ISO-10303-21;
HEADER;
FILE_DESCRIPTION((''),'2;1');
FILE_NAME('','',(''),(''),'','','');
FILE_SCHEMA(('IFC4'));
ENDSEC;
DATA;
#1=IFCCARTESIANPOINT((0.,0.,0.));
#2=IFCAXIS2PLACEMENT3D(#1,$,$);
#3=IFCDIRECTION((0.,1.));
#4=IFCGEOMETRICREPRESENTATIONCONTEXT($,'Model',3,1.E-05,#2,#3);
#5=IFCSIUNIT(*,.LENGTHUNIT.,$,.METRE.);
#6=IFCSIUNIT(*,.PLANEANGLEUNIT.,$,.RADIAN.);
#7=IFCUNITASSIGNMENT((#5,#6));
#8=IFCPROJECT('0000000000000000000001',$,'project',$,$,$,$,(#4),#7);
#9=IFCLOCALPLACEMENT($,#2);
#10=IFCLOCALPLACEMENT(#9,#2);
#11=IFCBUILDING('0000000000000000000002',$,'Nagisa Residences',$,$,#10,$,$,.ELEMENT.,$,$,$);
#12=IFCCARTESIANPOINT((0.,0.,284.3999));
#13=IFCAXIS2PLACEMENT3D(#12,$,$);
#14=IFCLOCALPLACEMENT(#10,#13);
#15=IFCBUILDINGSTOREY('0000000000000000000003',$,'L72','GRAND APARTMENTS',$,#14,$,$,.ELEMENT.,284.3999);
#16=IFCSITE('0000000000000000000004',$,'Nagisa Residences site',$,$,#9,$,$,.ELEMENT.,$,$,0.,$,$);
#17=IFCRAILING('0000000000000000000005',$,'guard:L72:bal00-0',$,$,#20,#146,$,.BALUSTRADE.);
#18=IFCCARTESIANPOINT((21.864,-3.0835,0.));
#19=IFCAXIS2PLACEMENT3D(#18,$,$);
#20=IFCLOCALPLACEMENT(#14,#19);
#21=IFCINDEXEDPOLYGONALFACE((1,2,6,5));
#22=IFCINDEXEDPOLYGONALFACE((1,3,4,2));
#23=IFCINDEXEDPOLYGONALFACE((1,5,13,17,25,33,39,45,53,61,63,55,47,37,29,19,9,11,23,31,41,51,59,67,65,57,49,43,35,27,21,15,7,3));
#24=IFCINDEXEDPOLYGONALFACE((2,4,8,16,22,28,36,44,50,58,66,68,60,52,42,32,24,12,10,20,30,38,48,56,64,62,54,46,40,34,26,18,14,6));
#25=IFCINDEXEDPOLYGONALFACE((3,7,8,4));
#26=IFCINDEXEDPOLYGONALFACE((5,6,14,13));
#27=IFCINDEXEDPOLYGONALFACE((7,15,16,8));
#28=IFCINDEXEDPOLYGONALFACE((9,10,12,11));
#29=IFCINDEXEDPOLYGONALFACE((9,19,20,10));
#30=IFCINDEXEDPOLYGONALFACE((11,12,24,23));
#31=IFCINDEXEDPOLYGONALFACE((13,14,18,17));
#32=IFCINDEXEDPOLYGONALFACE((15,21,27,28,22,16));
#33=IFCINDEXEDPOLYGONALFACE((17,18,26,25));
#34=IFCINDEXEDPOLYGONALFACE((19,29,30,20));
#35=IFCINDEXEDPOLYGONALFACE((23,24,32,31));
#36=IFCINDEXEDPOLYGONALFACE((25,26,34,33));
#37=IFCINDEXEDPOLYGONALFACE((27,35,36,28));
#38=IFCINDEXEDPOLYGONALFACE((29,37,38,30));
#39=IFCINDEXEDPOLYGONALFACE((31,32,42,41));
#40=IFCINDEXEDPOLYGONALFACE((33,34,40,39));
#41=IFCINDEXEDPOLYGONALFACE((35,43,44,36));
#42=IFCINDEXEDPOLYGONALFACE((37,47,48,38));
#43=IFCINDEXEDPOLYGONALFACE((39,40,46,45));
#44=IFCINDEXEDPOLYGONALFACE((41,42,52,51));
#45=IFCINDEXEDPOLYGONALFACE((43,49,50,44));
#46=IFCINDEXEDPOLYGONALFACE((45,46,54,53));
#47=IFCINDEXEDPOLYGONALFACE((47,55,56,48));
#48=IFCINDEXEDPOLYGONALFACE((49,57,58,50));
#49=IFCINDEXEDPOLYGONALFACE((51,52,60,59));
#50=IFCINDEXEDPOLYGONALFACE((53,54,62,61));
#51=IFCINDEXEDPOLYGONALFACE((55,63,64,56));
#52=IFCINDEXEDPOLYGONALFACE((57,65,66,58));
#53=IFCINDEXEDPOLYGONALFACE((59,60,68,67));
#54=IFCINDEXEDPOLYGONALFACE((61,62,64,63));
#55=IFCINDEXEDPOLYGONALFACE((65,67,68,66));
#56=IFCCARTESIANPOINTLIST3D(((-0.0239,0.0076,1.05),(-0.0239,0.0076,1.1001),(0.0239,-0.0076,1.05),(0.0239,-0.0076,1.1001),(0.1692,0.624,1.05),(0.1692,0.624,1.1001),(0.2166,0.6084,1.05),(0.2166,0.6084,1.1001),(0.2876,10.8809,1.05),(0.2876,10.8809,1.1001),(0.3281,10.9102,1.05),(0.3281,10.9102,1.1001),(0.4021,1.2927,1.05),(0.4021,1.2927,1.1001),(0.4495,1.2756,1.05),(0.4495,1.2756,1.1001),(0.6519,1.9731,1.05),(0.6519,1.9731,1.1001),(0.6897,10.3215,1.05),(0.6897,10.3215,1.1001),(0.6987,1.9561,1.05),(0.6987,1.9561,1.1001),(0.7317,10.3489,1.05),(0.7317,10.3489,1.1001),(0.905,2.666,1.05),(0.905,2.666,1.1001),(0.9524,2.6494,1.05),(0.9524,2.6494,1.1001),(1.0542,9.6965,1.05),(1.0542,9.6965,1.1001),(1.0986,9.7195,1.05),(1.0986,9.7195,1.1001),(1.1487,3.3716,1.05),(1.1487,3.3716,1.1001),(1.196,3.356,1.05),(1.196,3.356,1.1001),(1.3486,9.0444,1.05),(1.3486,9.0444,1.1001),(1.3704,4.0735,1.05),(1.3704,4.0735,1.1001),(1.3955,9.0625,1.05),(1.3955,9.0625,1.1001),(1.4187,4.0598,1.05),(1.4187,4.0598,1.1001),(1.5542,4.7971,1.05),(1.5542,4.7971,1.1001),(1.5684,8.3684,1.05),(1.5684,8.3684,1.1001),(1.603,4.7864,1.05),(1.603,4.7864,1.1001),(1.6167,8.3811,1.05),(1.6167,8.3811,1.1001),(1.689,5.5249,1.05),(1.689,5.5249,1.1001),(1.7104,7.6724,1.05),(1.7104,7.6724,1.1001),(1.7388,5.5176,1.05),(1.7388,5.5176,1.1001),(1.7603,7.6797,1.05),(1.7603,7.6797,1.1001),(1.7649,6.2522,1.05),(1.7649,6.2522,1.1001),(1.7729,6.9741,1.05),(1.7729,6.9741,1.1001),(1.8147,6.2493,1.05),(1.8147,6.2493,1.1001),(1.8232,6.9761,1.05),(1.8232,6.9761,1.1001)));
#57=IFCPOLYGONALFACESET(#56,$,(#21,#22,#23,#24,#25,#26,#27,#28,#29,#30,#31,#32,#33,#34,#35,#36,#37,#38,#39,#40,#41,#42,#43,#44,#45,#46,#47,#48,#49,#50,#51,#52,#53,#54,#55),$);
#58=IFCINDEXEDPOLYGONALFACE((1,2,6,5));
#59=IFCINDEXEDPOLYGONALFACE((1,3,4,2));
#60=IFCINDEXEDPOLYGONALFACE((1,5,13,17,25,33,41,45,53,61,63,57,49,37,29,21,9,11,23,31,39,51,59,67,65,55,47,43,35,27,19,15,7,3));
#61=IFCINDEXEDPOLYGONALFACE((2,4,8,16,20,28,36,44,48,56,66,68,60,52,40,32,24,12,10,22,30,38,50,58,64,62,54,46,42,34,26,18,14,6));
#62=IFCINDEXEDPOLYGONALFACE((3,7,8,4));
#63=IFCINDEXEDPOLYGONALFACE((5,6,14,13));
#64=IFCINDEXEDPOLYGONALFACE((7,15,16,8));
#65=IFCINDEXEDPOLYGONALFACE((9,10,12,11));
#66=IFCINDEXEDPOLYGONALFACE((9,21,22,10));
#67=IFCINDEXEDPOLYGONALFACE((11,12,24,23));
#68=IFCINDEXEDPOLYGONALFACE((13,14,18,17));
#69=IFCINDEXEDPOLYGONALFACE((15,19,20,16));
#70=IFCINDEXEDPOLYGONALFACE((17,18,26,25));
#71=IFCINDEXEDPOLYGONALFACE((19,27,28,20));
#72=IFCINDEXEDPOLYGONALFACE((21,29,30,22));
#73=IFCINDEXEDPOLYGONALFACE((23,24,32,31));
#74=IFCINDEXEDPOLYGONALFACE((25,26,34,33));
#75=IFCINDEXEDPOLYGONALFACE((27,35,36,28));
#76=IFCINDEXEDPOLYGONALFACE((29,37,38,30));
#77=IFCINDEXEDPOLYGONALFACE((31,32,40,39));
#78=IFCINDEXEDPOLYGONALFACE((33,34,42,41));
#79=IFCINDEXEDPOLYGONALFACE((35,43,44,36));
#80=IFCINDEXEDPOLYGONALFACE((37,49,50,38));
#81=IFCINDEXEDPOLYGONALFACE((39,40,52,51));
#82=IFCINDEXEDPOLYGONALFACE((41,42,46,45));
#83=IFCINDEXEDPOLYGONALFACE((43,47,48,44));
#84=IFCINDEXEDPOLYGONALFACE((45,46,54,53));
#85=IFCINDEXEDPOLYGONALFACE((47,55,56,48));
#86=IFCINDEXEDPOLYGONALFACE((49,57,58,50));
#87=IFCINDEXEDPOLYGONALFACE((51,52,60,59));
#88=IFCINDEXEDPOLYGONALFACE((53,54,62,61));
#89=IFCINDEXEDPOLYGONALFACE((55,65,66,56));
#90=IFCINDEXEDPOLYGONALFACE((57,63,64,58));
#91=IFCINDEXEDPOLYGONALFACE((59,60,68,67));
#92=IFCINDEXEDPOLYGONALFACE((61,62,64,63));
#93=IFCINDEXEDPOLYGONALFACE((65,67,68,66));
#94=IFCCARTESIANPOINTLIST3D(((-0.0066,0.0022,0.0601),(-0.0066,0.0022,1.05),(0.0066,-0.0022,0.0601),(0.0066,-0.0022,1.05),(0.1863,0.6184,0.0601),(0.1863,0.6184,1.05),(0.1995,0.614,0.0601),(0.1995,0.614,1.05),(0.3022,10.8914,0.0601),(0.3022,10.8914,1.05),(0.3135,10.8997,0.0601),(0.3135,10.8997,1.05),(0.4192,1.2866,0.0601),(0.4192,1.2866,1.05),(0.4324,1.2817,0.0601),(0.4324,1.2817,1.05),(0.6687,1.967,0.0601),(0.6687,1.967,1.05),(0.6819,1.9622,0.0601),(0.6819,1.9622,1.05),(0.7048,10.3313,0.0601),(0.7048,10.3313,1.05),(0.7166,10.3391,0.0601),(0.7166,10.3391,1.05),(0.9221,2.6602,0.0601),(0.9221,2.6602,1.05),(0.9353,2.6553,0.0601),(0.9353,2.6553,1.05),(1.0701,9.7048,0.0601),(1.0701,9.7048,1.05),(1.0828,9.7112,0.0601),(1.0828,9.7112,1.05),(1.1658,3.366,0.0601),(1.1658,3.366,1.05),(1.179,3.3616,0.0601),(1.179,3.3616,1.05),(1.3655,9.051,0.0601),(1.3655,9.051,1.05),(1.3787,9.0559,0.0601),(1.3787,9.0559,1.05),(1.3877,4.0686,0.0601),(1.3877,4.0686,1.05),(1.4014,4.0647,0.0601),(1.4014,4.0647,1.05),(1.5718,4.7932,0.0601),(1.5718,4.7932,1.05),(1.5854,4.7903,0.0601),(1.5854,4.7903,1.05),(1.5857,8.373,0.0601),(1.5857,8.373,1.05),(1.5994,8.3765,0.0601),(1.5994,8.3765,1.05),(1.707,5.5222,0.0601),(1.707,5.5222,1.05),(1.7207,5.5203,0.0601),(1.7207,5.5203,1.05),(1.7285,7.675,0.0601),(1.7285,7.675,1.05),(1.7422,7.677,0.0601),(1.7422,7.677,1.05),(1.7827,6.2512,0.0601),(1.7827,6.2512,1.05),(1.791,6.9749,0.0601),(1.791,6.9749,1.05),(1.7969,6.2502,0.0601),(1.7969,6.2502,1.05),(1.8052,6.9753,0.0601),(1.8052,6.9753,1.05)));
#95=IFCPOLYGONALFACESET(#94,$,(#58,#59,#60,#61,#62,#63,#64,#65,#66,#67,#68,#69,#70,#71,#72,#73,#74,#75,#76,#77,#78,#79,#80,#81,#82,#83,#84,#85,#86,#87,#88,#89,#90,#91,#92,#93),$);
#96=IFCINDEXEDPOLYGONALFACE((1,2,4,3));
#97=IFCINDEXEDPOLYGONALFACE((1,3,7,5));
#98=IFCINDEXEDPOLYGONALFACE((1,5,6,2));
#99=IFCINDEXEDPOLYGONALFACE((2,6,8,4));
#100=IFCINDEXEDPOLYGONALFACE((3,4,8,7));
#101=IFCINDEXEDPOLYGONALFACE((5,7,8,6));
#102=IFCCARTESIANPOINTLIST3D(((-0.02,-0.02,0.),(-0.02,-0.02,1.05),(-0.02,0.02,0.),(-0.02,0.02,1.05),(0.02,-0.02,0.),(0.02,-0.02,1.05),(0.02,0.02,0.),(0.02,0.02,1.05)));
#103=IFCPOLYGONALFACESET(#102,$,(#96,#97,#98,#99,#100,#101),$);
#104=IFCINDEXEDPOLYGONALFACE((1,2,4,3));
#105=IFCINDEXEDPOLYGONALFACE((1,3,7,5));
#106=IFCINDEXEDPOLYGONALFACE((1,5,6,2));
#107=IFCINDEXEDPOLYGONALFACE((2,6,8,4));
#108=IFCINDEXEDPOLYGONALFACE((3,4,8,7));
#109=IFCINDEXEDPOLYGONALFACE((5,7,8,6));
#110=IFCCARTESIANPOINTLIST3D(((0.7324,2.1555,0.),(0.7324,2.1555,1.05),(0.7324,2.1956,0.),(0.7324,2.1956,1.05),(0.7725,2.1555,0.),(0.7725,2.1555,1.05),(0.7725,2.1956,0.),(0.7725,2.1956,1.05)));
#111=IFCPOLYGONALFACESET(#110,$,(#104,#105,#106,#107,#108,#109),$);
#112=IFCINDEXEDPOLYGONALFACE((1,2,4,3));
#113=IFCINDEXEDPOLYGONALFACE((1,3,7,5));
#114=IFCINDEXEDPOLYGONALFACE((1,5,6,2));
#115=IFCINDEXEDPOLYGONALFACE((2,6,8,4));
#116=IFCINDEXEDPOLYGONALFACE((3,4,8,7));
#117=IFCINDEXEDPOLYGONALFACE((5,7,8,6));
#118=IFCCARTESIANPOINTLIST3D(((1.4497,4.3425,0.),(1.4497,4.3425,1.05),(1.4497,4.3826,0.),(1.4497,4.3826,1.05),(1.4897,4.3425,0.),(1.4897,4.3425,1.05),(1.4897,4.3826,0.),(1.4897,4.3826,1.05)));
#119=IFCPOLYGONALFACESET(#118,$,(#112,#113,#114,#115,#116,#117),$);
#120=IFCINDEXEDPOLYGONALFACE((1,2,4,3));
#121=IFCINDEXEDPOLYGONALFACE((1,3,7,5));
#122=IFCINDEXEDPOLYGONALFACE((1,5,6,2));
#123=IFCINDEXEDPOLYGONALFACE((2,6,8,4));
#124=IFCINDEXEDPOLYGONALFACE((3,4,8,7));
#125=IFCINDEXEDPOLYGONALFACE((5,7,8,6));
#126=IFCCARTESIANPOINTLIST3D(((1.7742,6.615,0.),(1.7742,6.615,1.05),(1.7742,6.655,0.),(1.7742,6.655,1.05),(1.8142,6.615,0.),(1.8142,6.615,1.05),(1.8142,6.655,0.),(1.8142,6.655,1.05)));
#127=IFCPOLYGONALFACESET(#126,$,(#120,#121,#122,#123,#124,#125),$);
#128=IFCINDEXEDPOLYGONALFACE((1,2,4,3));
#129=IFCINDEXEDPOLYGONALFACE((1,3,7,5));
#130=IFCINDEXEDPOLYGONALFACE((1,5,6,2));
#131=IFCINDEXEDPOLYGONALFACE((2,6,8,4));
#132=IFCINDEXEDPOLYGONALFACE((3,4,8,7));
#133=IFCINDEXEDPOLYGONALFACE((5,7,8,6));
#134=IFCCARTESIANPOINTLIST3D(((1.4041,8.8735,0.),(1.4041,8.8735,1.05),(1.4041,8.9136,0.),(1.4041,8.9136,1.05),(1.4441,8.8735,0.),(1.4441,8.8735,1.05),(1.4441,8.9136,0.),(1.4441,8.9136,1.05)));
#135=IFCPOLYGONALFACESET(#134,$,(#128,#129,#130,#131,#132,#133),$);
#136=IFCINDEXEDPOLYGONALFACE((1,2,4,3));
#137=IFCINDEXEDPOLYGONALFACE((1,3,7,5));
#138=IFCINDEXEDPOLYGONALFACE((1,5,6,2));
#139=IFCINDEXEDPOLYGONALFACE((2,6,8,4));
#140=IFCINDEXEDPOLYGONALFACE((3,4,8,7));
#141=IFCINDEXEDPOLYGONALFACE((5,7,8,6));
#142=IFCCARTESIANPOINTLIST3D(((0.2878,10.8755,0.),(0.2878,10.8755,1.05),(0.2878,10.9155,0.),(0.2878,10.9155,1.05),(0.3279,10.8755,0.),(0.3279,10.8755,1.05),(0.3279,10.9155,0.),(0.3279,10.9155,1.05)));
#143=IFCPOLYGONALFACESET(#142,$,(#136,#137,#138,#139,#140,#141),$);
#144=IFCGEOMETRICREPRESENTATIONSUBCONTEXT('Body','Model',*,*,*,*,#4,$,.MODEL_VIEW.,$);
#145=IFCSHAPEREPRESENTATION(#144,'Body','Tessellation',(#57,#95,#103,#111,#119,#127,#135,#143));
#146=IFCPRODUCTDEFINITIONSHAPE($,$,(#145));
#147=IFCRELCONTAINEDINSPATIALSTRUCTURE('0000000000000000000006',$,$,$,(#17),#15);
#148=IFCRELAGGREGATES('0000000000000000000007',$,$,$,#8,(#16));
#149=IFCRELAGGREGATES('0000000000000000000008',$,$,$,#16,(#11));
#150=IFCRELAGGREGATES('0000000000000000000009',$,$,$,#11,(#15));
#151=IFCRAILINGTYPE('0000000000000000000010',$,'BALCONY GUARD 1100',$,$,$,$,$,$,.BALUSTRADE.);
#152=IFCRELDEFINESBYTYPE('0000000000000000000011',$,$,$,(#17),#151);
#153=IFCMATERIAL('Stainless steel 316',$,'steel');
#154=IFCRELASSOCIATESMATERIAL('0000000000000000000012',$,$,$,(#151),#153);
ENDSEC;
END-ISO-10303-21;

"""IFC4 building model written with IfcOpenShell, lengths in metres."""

from ifc_helpers import new_model, si_unit, direction, frame, origin, origin_2d, place, context, subcontext, project, spatial, polyline, rectangle, outline, extrude, material, type_object, element, save


model = new_model("IFC4")

# Units and contexts
model_context = context("Model", 3, precision=1e-05, world=origin(), true_north=direction((0.0, 1.0)))
body_context = subcontext(model_context, "Body", "Model", "MODEL_VIEW")
ifc_project = project(units=[si_unit("LENGTHUNIT", "METRE"), si_unit("PLANEANGLEUNIT", "RADIAN")], contexts=[model_context])

# Site, building, storey
site_placement = place(None, origin())
site = spatial("IfcSite", under=ifc_project, at=site_placement, Name="Nagisa Residences site", CompositionType="ELEMENT", RefElevation=0.0)
building_placement = place(site_placement, origin())
building = spatial("IfcBuilding", under=site, at=building_placement, Name="Nagisa Residences", CompositionType="ELEMENT")
storey_placement = place(building_placement, frame((0.0, 0.0, 284.3999)))
storey = spatial("IfcBuildingStorey", under=building, at=storey_placement, Name="L72", Description="GRAND APARTMENTS", CompositionType="ELEMENT", Elevation=284.3999)

# Railing
ifc_material_1 = material(Name="Stainless steel 316", Category="steel")
railing_type = type_object("IfcRailingType", Name="BALCONY GUARD 1100", PredefinedType="BALUSTRADE", material=ifc_material_1)
railing_placement = place(storey_placement, frame((21.864, -3.0835, 0.0)))
element("IfcRailing", 1, at=railing_placement, inside=storey, type_object=railing_type, Name="guard:L72:bal00-0", PredefinedType="BALUSTRADE", context=body_context, shape_type="SweptSolid", body=[
    extrude(outline(polyline([(0.1692, 0.624), (-0.0239, 0.0076), (0.0239, -0.0076), (0.2166, 0.6084), (0.4495, 1.2756), (0.6987, 1.9561), (0.9524, 2.6494), (1.196, 3.356), (1.4187, 4.0598), (1.603, 4.7864), (1.7388, 5.5176), (1.8147, 6.2493), (1.8232, 6.9761), (1.7603, 7.6797), (1.6167, 8.3811), (1.3955, 9.0625), (1.0986, 9.7195), (0.7317, 10.3489), (0.3281, 10.9102), (0.2876, 10.8809), (0.6897, 10.3215), (1.0542, 9.6965), (1.3486, 9.0444), (1.5684, 8.3684), (1.7104, 7.6724), (1.7729, 6.9741), (1.7649, 6.2522), (1.689, 5.5249), (1.5542, 4.7971), (1.3704, 4.0735), (1.1487, 3.3716), (0.905, 2.666), (0.6519, 1.9731), (0.4021, 1.2927), (0.1692, 0.624)])), frame((0.0, 0.0, 1.05)), (0.0, 0.0, 1.0), 0.05),
    extrude(outline(polyline([(0.1863, 0.6184), (-0.0066, 0.0022), (0.0066, -0.0022), (0.1995, 0.614), (0.4324, 1.2817), (0.6819, 1.9622), (0.9353, 2.6553), (1.179, 3.3616), (1.4014, 4.0647), (1.5854, 4.7903), (1.7207, 5.5203), (1.7969, 6.2502), (1.8052, 6.9753), (1.7422, 7.677), (1.5994, 8.3765), (1.3787, 9.0559), (1.0828, 9.7112), (0.7166, 10.3391), (0.3135, 10.8997), (0.3022, 10.8914), (0.7048, 10.3313), (1.0701, 9.7048), (1.3655, 9.051), (1.5857, 8.373), (1.7285, 7.675), (1.791, 6.9749), (1.7827, 6.2512), (1.707, 5.5222), (1.5718, 4.7932), (1.3877, 4.0686), (1.1658, 3.366), (0.9221, 2.6602), (0.6687, 1.967), (0.4192, 1.2866), (0.1863, 0.6184)])), frame((0.0, 0.0, 0.0601)), (0.0, 0.0, 1.0), 0.99),
    extrude(rectangle(XDim=0.04, YDim=0.04, at=origin_2d()), origin(), (0.0, 0.0, 1.0), 1.05),
    extrude(rectangle(XDim=0.04, YDim=0.04, at=origin_2d()), frame((0.7524, 2.1755, 0.0)), (0.0, 0.0, 1.0), 1.05),
    extrude(rectangle(XDim=0.04, YDim=0.04, at=origin_2d()), frame((1.4697, 4.3625, 0.0)), (0.0, 0.0, 1.0), 1.05),
    extrude(rectangle(XDim=0.04, YDim=0.04, at=origin_2d()), frame((1.7942, 6.635, 0.0)), (0.0, 0.0, 1.0), 1.05),
    extrude(rectangle(XDim=0.04, YDim=0.04, at=origin_2d()), frame((1.4241, 8.8936, 0.0)), (0.0, 0.0, 1.0), 1.05),
    extrude(rectangle(XDim=0.04, YDim=0.04, at=origin_2d()), frame((0.3079, 10.8955, 0.0)), (0.0, 0.0, 1.0), 1.05),
])

save(model, "model.ifc")
